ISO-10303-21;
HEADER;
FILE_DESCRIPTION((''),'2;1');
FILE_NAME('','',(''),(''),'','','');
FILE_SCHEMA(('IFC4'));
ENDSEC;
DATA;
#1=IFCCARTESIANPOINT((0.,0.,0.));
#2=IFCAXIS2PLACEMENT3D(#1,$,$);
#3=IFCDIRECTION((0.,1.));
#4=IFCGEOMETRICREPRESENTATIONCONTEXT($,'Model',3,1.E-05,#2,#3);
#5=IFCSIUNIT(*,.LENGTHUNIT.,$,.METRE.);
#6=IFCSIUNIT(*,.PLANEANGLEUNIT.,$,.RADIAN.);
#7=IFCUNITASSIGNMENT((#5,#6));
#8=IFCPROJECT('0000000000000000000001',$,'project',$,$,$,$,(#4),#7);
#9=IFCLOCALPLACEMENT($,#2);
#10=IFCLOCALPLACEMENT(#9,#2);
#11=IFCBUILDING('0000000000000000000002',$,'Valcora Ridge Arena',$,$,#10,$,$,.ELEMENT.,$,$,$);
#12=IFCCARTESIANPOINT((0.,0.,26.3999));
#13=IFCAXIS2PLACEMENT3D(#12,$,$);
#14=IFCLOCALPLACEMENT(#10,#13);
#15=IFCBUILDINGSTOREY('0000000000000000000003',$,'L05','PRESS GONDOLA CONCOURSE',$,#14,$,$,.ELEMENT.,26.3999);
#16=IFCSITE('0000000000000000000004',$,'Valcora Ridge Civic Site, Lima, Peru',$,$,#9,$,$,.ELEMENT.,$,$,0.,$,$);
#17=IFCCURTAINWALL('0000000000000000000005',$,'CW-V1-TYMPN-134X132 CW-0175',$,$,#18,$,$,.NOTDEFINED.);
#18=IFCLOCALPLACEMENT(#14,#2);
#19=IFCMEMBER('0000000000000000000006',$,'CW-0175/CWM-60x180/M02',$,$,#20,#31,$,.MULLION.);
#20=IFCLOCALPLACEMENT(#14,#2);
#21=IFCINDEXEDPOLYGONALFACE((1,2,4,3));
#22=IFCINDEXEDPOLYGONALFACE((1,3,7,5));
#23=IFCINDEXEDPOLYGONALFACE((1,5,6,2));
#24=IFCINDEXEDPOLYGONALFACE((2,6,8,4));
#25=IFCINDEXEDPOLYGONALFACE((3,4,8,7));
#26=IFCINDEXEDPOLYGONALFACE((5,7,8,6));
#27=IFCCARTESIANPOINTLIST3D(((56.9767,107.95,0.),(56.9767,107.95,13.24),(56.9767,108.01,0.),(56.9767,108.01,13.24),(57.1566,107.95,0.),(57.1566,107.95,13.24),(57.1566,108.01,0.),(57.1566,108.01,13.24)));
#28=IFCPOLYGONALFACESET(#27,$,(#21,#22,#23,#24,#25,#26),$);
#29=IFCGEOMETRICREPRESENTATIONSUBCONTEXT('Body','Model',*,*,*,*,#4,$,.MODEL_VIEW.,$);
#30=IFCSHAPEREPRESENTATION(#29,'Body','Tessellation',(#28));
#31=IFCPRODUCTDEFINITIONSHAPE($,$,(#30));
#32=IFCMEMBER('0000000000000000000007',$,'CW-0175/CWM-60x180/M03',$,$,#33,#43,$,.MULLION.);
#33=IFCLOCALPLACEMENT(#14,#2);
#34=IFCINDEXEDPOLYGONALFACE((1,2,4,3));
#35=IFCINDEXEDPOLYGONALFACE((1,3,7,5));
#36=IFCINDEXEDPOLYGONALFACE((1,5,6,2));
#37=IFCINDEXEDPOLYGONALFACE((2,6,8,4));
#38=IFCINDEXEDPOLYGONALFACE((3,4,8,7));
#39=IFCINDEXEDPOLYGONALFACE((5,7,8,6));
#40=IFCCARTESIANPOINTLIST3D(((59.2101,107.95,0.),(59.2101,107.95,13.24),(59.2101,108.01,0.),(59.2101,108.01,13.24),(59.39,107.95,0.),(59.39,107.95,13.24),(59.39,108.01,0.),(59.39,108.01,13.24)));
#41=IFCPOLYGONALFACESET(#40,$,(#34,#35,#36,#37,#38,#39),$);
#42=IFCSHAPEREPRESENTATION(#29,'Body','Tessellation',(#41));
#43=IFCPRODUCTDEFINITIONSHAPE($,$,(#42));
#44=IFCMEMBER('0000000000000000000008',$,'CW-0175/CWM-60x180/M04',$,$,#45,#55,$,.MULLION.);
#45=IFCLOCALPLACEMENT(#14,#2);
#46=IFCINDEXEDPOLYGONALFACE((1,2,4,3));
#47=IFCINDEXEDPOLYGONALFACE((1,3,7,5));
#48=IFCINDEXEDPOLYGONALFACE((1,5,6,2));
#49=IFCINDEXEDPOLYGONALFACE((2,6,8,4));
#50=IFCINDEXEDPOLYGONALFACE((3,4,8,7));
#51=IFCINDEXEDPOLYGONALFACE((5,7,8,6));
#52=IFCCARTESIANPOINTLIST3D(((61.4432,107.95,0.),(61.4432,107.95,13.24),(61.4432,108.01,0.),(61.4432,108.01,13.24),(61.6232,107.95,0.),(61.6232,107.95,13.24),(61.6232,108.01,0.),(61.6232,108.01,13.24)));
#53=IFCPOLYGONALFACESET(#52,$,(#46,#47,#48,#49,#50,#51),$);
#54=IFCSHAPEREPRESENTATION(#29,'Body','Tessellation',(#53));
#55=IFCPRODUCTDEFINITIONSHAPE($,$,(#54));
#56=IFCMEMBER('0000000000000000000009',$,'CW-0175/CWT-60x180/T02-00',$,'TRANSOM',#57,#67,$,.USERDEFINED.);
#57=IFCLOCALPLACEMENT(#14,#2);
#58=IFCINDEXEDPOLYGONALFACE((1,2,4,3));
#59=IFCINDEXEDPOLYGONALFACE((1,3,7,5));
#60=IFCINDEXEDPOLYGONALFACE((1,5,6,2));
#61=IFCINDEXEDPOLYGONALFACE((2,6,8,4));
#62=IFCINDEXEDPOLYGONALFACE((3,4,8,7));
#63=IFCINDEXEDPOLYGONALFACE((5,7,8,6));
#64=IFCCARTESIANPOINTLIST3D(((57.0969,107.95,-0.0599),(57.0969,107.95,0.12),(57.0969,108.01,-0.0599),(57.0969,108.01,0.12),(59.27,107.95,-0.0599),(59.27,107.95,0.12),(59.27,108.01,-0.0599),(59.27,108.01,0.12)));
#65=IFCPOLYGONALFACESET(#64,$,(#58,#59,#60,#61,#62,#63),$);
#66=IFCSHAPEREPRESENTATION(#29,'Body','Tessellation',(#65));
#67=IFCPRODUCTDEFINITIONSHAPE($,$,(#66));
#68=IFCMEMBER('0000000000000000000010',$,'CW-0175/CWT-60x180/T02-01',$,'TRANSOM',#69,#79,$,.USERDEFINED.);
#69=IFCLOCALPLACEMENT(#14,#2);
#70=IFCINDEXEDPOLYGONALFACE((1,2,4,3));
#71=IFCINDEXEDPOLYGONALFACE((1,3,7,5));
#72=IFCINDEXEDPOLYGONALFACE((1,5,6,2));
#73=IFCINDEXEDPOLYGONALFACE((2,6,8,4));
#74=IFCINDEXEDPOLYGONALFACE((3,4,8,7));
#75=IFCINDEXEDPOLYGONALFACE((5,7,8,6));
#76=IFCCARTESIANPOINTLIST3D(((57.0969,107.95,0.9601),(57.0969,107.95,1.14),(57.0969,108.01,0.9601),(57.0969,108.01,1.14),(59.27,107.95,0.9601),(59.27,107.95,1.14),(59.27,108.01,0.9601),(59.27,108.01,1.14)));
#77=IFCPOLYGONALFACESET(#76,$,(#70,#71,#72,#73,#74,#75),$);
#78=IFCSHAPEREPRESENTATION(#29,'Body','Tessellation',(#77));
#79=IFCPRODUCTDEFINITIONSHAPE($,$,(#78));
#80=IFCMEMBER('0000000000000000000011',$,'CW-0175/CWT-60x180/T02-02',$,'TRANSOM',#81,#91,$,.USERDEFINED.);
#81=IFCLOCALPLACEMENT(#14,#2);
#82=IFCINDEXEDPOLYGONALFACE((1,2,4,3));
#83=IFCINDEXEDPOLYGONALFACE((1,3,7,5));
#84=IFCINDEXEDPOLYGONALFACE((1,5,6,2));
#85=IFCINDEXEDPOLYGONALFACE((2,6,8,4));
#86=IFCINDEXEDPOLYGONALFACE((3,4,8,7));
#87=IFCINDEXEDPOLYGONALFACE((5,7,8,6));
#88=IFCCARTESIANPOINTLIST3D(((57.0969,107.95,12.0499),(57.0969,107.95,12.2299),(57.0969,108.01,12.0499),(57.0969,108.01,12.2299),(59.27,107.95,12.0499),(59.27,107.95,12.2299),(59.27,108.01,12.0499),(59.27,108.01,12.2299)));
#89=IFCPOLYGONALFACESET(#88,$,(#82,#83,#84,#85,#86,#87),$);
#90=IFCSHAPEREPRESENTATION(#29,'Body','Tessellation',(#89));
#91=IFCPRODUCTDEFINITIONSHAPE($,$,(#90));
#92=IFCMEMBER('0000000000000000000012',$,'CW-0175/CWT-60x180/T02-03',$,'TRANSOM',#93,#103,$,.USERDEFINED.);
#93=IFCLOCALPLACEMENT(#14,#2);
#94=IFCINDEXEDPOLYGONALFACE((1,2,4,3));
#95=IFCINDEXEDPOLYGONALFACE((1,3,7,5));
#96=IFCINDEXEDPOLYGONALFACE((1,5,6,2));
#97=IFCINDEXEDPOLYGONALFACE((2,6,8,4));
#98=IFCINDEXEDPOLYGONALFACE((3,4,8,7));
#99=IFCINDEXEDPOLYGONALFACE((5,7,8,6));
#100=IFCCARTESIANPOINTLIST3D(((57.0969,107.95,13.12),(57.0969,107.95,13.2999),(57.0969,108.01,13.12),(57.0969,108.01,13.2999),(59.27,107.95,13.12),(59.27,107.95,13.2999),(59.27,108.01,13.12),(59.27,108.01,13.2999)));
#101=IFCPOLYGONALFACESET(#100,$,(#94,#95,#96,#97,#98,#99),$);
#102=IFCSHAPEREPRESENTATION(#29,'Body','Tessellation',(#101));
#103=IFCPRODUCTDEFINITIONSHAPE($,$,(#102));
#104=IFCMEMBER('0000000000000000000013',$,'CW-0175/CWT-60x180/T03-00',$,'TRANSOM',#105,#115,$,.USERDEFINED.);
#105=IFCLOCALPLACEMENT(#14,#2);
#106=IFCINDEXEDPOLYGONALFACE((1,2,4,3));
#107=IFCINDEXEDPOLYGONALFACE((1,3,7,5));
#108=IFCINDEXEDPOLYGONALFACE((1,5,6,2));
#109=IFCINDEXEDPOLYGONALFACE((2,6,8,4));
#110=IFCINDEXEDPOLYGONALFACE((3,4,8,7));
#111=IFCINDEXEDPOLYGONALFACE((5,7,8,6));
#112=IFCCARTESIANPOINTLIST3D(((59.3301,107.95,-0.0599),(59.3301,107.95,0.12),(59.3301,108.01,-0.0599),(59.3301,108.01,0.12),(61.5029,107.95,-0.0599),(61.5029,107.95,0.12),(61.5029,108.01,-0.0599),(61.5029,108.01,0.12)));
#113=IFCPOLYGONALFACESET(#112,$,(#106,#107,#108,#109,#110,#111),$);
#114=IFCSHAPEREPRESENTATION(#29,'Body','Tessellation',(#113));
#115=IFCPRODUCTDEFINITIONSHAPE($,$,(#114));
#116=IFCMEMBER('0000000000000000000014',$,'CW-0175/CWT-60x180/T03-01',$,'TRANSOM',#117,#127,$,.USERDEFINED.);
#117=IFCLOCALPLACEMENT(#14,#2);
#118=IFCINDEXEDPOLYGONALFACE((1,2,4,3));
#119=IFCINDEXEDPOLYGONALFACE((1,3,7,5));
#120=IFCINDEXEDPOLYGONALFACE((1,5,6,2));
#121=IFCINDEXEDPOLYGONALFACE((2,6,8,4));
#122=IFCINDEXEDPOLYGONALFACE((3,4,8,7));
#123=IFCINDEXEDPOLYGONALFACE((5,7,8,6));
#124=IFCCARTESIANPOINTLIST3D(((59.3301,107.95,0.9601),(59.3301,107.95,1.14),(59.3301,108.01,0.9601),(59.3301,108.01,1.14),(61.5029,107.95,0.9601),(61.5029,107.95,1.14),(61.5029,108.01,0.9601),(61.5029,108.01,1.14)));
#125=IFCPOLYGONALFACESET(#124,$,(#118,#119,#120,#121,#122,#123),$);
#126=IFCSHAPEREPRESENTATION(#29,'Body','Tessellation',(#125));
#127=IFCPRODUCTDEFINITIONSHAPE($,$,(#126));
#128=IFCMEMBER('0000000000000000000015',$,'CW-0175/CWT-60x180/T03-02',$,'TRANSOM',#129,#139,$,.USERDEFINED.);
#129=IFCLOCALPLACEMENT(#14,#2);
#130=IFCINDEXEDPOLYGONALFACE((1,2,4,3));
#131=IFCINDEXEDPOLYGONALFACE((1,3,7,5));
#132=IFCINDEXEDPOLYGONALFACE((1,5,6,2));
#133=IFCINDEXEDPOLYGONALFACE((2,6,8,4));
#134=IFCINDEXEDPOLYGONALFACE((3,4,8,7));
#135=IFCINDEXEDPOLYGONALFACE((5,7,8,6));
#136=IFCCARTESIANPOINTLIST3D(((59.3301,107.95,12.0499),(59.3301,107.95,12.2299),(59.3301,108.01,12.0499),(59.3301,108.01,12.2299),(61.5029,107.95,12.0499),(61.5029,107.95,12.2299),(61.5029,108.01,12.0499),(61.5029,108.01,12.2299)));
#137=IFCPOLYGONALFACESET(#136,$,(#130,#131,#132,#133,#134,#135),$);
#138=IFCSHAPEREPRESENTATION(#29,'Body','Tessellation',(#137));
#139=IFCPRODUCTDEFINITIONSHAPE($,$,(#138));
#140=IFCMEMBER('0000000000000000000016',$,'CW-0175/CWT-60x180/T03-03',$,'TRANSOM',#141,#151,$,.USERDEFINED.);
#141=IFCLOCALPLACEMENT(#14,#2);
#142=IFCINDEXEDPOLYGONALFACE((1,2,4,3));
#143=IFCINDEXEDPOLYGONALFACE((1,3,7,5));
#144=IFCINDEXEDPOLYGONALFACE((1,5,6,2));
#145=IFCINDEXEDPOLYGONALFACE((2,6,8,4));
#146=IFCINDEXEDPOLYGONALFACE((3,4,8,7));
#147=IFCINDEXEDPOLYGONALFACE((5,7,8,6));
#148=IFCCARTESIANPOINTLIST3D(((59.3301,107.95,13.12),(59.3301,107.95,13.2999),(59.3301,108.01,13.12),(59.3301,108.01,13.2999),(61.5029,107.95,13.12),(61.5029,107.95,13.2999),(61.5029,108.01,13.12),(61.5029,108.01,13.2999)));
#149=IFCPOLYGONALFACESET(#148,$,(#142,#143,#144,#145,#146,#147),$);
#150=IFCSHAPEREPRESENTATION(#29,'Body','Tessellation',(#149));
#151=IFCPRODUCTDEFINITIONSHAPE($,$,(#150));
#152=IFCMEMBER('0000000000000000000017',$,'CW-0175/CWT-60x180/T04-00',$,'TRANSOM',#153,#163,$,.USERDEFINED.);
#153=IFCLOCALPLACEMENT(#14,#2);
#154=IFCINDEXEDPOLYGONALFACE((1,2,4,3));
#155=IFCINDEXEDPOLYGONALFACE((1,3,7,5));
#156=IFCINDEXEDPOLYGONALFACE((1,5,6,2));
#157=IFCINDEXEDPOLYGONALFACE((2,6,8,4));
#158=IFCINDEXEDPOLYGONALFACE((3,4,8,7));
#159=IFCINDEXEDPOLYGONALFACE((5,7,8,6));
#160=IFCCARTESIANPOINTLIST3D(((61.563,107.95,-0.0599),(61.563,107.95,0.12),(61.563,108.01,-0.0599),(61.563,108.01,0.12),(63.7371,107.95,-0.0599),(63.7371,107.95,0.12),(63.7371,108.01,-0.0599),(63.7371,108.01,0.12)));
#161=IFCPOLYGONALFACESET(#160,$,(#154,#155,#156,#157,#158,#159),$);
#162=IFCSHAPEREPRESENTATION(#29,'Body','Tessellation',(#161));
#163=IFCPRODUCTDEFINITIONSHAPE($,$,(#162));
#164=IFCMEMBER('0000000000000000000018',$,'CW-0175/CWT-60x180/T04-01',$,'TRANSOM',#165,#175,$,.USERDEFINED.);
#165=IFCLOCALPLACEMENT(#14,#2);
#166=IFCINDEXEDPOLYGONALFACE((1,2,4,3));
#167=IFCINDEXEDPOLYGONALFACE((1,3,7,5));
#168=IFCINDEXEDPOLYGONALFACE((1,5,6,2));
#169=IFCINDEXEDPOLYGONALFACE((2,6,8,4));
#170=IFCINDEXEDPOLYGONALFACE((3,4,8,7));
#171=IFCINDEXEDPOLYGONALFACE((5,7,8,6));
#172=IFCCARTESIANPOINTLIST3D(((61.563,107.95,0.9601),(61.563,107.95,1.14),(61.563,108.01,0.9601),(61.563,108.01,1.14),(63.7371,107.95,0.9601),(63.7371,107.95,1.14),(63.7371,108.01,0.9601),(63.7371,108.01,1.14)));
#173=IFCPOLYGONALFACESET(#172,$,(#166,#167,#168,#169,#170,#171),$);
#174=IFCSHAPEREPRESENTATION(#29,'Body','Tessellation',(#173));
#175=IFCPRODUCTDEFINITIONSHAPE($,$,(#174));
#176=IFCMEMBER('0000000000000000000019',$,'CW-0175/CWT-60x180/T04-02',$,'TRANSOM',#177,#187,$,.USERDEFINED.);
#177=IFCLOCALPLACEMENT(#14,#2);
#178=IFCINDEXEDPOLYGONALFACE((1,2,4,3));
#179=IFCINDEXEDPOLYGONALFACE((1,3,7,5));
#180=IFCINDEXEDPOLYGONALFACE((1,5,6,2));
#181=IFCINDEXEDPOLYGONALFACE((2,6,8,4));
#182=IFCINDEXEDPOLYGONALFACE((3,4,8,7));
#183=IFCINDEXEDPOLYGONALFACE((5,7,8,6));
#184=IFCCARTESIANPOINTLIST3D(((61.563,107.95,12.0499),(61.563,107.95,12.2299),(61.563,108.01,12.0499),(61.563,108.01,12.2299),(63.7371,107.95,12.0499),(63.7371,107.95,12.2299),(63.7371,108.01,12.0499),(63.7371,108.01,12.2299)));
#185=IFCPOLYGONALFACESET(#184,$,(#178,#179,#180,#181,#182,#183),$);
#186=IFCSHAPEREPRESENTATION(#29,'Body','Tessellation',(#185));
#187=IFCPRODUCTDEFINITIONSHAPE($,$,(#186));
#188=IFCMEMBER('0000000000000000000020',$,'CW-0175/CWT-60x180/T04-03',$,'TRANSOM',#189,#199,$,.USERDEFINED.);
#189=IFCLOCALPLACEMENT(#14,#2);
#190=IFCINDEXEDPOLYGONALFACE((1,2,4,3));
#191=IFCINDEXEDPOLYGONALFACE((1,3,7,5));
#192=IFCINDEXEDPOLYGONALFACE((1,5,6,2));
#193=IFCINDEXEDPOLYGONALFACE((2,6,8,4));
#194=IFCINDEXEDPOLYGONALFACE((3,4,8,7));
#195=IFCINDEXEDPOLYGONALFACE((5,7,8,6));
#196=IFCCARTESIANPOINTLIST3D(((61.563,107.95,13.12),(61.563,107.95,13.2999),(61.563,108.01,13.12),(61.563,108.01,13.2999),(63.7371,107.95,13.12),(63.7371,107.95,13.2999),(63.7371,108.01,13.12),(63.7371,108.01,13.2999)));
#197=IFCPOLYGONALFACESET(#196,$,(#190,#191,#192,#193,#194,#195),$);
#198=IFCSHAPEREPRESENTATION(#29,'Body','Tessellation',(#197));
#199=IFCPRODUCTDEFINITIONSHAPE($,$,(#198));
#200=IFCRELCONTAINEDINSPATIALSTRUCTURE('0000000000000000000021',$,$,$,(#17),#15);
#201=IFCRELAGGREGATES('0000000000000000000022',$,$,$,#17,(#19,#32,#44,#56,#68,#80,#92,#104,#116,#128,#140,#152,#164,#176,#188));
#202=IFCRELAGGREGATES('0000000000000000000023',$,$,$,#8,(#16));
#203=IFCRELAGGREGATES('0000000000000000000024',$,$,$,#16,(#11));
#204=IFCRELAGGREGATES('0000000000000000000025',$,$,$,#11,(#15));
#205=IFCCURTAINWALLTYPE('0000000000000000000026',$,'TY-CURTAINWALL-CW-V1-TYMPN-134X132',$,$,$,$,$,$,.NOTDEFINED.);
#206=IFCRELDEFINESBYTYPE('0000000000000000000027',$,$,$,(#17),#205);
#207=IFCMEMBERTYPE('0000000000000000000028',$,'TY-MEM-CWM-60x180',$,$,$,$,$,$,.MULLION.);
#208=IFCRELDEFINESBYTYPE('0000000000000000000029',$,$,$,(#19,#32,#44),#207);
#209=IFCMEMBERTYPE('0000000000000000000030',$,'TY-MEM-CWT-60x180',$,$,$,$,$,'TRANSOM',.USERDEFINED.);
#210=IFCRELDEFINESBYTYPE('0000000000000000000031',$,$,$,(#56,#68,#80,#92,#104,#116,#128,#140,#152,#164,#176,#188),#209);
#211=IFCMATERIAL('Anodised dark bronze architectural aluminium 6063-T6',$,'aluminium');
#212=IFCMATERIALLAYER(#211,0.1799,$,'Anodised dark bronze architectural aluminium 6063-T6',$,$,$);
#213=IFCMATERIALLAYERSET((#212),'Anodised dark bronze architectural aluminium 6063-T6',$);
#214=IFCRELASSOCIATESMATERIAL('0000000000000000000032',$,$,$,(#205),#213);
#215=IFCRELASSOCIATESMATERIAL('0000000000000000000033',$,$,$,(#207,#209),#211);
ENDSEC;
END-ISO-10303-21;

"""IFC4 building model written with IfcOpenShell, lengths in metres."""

from ifc_helpers import new_model, si_unit, direction, frame, origin, origin_2d, place, context, subcontext, project, spatial, rectangle, extrude, material, layer, layer_set, material_profile, profile_set, type_object, element, aggregate, save


model = new_model("IFC4")

# Units and contexts
model_context = context("Model", 3, precision=1e-05, world=origin(), true_north=direction((0.0, 1.0)))
body_context = subcontext(model_context, "Body", "Model", "MODEL_VIEW")
ifc_project = project(units=[si_unit("LENGTHUNIT", "METRE"), si_unit("PLANEANGLEUNIT", "RADIAN")], contexts=[model_context])

# Site, building, storey
site_placement = place(None, origin())
site = spatial("IfcSite", under=ifc_project, at=site_placement, Name="Valcora Ridge Civic Site, Lima, Peru", CompositionType="ELEMENT", RefElevation=0.0)
building_placement = place(site_placement, origin())
building = spatial("IfcBuilding", under=site, at=building_placement, Name="Valcora Ridge Arena", CompositionType="ELEMENT")
storey_placement = place(building_placement, frame((0.0, 0.0, 26.3999)))
storey = spatial("IfcBuildingStorey", under=building, at=storey_placement, Name="L05", Description="PRESS GONDOLA CONCOURSE", CompositionType="ELEMENT", Elevation=26.3999)

# Curtain wall, members
ifc_material_1 = material(Name="Anodised dark bronze architectural aluminium 6063-T6", Category="aluminium")
ifc_layer_1 = layer(ifc_material_1, 0.1799, Name="Anodised dark bronze architectural aluminium 6063-T6")
ifc_layer_set_1 = layer_set([ifc_layer_1], Name="Anodised dark bronze architectural aluminium 6063-T6")
curtain_wall_type = type_object("IfcCurtainWallType", Name="TY-CURTAINWALL-CW-V1-TYMPN-134X132", PredefinedType="NOTDEFINED", material=ifc_layer_set_1)
curtain_wall_placement = place(storey_placement, origin())
curtain_wall = element("IfcCurtainWall", 1, at=curtain_wall_placement, inside=storey, type_object=curtain_wall_type, Name="CW-V1-TYMPN-134X132 CW-0175", PredefinedType="NOTDEFINED")
ifc_material_profile_1 = material_profile(ifc_material_1, rectangle(XDim=0.0601, YDim=0.1799, at=origin_2d()), Name="ALU MULLION 60x180")
ifc_profile_set_1 = profile_set([ifc_material_profile_1], Name="Anodised dark bronze architectural aluminium 6063-T6")
member_type_1 = type_object("IfcMemberType", Name="TY-MEM-CWM-60x180", PredefinedType="MULLION", material=ifc_profile_set_1)
member_1_placement = place(storey_placement, frame((57.0667, 107.98, 0.0), z_axis=(0.0, 0.0, 1.0), x_axis=(0.0, 1.0, 0.0)))
member_1 = element("IfcMember", 2, at=member_1_placement, type_object=member_type_1, Name="CW-0175/CWM-60x180/M02", PredefinedType="MULLION", context=body_context, shape_type="SweptSolid", body=[
    extrude(rectangle(XDim=0.0601, YDim=0.1799, at=origin_2d()), origin(), (0.0, 0.0, 1.0), 13.24),
])
member_2_placement = place(storey_placement, frame((59.3, 107.98, 0.0), z_axis=(0.0, 0.0, 1.0), x_axis=(0.0, 1.0, 0.0)))
member_2 = element("IfcMember", 3, at=member_2_placement, type_object=member_type_1, Name="CW-0175/CWM-60x180/M03", PredefinedType="MULLION", context=body_context, shape_type="SweptSolid", body=[
    extrude(rectangle(XDim=0.0601, YDim=0.1799, at=origin_2d()), origin(), (0.0, 0.0, 1.0), 13.24),
])
member_3_placement = place(storey_placement, frame((61.5332, 107.98, 0.0), z_axis=(0.0, 0.0, 1.0), x_axis=(0.0, 1.0, 0.0)))
member_3 = element("IfcMember", 4, at=member_3_placement, type_object=member_type_1, Name="CW-0175/CWM-60x180/M04", PredefinedType="MULLION", context=body_context, shape_type="SweptSolid", body=[
    extrude(rectangle(XDim=0.0601, YDim=0.1799, at=origin_2d()), origin(), (0.0, 0.0, 1.0), 13.24),
])
ifc_material_profile_2 = material_profile(ifc_material_1, rectangle(XDim=0.0601, YDim=0.1799, at=origin_2d()), Name="ALU TRANSOM 60x180")
ifc_profile_set_2 = profile_set([ifc_material_profile_2], Name="Anodised dark bronze architectural aluminium 6063-T6")
member_type_2 = type_object("IfcMemberType", Name="TY-MEM-CWT-60x180", ElementType="TRANSOM", PredefinedType="USERDEFINED", material=ifc_profile_set_2)
member_4_placement = place(storey_placement, frame((57.0969, 107.98, 0.03), z_axis=(1.0, 0.0, 0.0), x_axis=(0.0, 1.0, 0.0)))
member_4 = element("IfcMember", 5, at=member_4_placement, type_object=member_type_2, Name="CW-0175/CWT-60x180/T02-00", ObjectType="TRANSOM", PredefinedType="USERDEFINED", context=body_context, shape_type="SweptSolid", body=[
    extrude(rectangle(XDim=0.0601, YDim=0.1799, at=origin_2d()), origin(), (0.0, 0.0, 1.0), 2.1731),
])
member_5_placement = place(storey_placement, frame((57.0969, 107.98, 1.05), z_axis=(1.0, 0.0, 0.0), x_axis=(0.0, 1.0, 0.0)))
member_5 = element("IfcMember", 6, at=member_5_placement, type_object=member_type_2, Name="CW-0175/CWT-60x180/T02-01", ObjectType="TRANSOM", PredefinedType="USERDEFINED", context=body_context, shape_type="SweptSolid", body=[
    extrude(rectangle(XDim=0.0601, YDim=0.1799, at=origin_2d()), origin(), (0.0, 0.0, 1.0), 2.1731),
])
member_6_placement = place(storey_placement, frame((57.0969, 107.98, 12.1399), z_axis=(1.0, 0.0, 0.0), x_axis=(0.0, 1.0, 0.0)))
member_6 = element("IfcMember", 7, at=member_6_placement, type_object=member_type_2, Name="CW-0175/CWT-60x180/T02-02", ObjectType="TRANSOM", PredefinedType="USERDEFINED", context=body_context, shape_type="SweptSolid", body=[
    extrude(rectangle(XDim=0.0601, YDim=0.1799, at=origin_2d()), origin(), (0.0, 0.0, 1.0), 2.1731),
])
member_7_placement = place(storey_placement, frame((57.0969, 107.98, 13.21), z_axis=(1.0, 0.0, 0.0), x_axis=(0.0, 1.0, 0.0)))
member_7 = element("IfcMember", 8, at=member_7_placement, type_object=member_type_2, Name="CW-0175/CWT-60x180/T02-03", ObjectType="TRANSOM", PredefinedType="USERDEFINED", context=body_context, shape_type="SweptSolid", body=[
    extrude(rectangle(XDim=0.0601, YDim=0.1799, at=origin_2d()), origin(), (0.0, 0.0, 1.0), 2.1731),
])
member_8_placement = place(storey_placement, frame((59.3301, 107.98, 0.03), z_axis=(1.0, 0.0, 0.0), x_axis=(0.0, 1.0, 0.0)))
member_8 = element("IfcMember", 9, at=member_8_placement, type_object=member_type_2, Name="CW-0175/CWT-60x180/T03-00", ObjectType="TRANSOM", PredefinedType="USERDEFINED", context=body_context, shape_type="SweptSolid", body=[
    extrude(rectangle(XDim=0.0601, YDim=0.1799, at=origin_2d()), origin(), (0.0, 0.0, 1.0), 2.1729),
])
member_9_placement = place(storey_placement, frame((59.3301, 107.98, 1.05), z_axis=(1.0, 0.0, 0.0), x_axis=(0.0, 1.0, 0.0)))
member_9 = element("IfcMember", 10, at=member_9_placement, type_object=member_type_2, Name="CW-0175/CWT-60x180/T03-01", ObjectType="TRANSOM", PredefinedType="USERDEFINED", context=body_context, shape_type="SweptSolid", body=[
    extrude(rectangle(XDim=0.0601, YDim=0.1799, at=origin_2d()), origin(), (0.0, 0.0, 1.0), 2.1729),
])
member_10_placement = place(storey_placement, frame((59.3301, 107.98, 12.1399), z_axis=(1.0, 0.0, 0.0), x_axis=(0.0, 1.0, 0.0)))
member_10 = element("IfcMember", 11, at=member_10_placement, type_object=member_type_2, Name="CW-0175/CWT-60x180/T03-02", ObjectType="TRANSOM", PredefinedType="USERDEFINED", context=body_context, shape_type="SweptSolid", body=[
    extrude(rectangle(XDim=0.0601, YDim=0.1799, at=origin_2d()), origin(), (0.0, 0.0, 1.0), 2.1729),
])
member_11_placement = place(storey_placement, frame((59.3301, 107.98, 13.21), z_axis=(1.0, 0.0, 0.0), x_axis=(0.0, 1.0, 0.0)))
member_11 = element("IfcMember", 12, at=member_11_placement, type_object=member_type_2, Name="CW-0175/CWT-60x180/T03-03", ObjectType="TRANSOM", PredefinedType="USERDEFINED", context=body_context, shape_type="SweptSolid", body=[
    extrude(rectangle(XDim=0.0601, YDim=0.1799, at=origin_2d()), origin(), (0.0, 0.0, 1.0), 2.1729),
])
member_12_placement = place(storey_placement, frame((61.563, 107.98, 0.03), z_axis=(1.0, 0.0, 0.0), x_axis=(0.0, 1.0, 0.0)))
member_12 = element("IfcMember", 13, at=member_12_placement, type_object=member_type_2, Name="CW-0175/CWT-60x180/T04-00", ObjectType="TRANSOM", PredefinedType="USERDEFINED", context=body_context, shape_type="SweptSolid", body=[
    extrude(rectangle(XDim=0.0601, YDim=0.1799, at=origin_2d()), origin(), (0.0, 0.0, 1.0), 2.1741),
])
member_13_placement = place(storey_placement, frame((61.563, 107.98, 1.05), z_axis=(1.0, 0.0, 0.0), x_axis=(0.0, 1.0, 0.0)))
member_13 = element("IfcMember", 14, at=member_13_placement, type_object=member_type_2, Name="CW-0175/CWT-60x180/T04-01", ObjectType="TRANSOM", PredefinedType="USERDEFINED", context=body_context, shape_type="SweptSolid", body=[
    extrude(rectangle(XDim=0.0601, YDim=0.1799, at=origin_2d()), origin(), (0.0, 0.0, 1.0), 2.1741),
])
member_14_placement = place(storey_placement, frame((61.563, 107.98, 12.1399), z_axis=(1.0, 0.0, 0.0), x_axis=(0.0, 1.0, 0.0)))
member_14 = element("IfcMember", 15, at=member_14_placement, type_object=member_type_2, Name="CW-0175/CWT-60x180/T04-02", ObjectType="TRANSOM", PredefinedType="USERDEFINED", context=body_context, shape_type="SweptSolid", body=[
    extrude(rectangle(XDim=0.0601, YDim=0.1799, at=origin_2d()), origin(), (0.0, 0.0, 1.0), 2.1741),
])
member_15_placement = place(storey_placement, frame((61.563, 107.98, 13.21), z_axis=(1.0, 0.0, 0.0), x_axis=(0.0, 1.0, 0.0)))
member_15 = element("IfcMember", 16, at=member_15_placement, type_object=member_type_2, Name="CW-0175/CWT-60x180/T04-03", ObjectType="TRANSOM", PredefinedType="USERDEFINED", context=body_context, shape_type="SweptSolid", body=[
    extrude(rectangle(XDim=0.0601, YDim=0.1799, at=origin_2d()), origin(), (0.0, 0.0, 1.0), 2.1741),
])
aggregate(curtain_wall, [member_1, member_2, member_3, member_4, member_5, member_6, member_7, member_8, member_9, member_10, member_11, member_12, member_13, member_14, member_15])

save(model, "model.ifc")
